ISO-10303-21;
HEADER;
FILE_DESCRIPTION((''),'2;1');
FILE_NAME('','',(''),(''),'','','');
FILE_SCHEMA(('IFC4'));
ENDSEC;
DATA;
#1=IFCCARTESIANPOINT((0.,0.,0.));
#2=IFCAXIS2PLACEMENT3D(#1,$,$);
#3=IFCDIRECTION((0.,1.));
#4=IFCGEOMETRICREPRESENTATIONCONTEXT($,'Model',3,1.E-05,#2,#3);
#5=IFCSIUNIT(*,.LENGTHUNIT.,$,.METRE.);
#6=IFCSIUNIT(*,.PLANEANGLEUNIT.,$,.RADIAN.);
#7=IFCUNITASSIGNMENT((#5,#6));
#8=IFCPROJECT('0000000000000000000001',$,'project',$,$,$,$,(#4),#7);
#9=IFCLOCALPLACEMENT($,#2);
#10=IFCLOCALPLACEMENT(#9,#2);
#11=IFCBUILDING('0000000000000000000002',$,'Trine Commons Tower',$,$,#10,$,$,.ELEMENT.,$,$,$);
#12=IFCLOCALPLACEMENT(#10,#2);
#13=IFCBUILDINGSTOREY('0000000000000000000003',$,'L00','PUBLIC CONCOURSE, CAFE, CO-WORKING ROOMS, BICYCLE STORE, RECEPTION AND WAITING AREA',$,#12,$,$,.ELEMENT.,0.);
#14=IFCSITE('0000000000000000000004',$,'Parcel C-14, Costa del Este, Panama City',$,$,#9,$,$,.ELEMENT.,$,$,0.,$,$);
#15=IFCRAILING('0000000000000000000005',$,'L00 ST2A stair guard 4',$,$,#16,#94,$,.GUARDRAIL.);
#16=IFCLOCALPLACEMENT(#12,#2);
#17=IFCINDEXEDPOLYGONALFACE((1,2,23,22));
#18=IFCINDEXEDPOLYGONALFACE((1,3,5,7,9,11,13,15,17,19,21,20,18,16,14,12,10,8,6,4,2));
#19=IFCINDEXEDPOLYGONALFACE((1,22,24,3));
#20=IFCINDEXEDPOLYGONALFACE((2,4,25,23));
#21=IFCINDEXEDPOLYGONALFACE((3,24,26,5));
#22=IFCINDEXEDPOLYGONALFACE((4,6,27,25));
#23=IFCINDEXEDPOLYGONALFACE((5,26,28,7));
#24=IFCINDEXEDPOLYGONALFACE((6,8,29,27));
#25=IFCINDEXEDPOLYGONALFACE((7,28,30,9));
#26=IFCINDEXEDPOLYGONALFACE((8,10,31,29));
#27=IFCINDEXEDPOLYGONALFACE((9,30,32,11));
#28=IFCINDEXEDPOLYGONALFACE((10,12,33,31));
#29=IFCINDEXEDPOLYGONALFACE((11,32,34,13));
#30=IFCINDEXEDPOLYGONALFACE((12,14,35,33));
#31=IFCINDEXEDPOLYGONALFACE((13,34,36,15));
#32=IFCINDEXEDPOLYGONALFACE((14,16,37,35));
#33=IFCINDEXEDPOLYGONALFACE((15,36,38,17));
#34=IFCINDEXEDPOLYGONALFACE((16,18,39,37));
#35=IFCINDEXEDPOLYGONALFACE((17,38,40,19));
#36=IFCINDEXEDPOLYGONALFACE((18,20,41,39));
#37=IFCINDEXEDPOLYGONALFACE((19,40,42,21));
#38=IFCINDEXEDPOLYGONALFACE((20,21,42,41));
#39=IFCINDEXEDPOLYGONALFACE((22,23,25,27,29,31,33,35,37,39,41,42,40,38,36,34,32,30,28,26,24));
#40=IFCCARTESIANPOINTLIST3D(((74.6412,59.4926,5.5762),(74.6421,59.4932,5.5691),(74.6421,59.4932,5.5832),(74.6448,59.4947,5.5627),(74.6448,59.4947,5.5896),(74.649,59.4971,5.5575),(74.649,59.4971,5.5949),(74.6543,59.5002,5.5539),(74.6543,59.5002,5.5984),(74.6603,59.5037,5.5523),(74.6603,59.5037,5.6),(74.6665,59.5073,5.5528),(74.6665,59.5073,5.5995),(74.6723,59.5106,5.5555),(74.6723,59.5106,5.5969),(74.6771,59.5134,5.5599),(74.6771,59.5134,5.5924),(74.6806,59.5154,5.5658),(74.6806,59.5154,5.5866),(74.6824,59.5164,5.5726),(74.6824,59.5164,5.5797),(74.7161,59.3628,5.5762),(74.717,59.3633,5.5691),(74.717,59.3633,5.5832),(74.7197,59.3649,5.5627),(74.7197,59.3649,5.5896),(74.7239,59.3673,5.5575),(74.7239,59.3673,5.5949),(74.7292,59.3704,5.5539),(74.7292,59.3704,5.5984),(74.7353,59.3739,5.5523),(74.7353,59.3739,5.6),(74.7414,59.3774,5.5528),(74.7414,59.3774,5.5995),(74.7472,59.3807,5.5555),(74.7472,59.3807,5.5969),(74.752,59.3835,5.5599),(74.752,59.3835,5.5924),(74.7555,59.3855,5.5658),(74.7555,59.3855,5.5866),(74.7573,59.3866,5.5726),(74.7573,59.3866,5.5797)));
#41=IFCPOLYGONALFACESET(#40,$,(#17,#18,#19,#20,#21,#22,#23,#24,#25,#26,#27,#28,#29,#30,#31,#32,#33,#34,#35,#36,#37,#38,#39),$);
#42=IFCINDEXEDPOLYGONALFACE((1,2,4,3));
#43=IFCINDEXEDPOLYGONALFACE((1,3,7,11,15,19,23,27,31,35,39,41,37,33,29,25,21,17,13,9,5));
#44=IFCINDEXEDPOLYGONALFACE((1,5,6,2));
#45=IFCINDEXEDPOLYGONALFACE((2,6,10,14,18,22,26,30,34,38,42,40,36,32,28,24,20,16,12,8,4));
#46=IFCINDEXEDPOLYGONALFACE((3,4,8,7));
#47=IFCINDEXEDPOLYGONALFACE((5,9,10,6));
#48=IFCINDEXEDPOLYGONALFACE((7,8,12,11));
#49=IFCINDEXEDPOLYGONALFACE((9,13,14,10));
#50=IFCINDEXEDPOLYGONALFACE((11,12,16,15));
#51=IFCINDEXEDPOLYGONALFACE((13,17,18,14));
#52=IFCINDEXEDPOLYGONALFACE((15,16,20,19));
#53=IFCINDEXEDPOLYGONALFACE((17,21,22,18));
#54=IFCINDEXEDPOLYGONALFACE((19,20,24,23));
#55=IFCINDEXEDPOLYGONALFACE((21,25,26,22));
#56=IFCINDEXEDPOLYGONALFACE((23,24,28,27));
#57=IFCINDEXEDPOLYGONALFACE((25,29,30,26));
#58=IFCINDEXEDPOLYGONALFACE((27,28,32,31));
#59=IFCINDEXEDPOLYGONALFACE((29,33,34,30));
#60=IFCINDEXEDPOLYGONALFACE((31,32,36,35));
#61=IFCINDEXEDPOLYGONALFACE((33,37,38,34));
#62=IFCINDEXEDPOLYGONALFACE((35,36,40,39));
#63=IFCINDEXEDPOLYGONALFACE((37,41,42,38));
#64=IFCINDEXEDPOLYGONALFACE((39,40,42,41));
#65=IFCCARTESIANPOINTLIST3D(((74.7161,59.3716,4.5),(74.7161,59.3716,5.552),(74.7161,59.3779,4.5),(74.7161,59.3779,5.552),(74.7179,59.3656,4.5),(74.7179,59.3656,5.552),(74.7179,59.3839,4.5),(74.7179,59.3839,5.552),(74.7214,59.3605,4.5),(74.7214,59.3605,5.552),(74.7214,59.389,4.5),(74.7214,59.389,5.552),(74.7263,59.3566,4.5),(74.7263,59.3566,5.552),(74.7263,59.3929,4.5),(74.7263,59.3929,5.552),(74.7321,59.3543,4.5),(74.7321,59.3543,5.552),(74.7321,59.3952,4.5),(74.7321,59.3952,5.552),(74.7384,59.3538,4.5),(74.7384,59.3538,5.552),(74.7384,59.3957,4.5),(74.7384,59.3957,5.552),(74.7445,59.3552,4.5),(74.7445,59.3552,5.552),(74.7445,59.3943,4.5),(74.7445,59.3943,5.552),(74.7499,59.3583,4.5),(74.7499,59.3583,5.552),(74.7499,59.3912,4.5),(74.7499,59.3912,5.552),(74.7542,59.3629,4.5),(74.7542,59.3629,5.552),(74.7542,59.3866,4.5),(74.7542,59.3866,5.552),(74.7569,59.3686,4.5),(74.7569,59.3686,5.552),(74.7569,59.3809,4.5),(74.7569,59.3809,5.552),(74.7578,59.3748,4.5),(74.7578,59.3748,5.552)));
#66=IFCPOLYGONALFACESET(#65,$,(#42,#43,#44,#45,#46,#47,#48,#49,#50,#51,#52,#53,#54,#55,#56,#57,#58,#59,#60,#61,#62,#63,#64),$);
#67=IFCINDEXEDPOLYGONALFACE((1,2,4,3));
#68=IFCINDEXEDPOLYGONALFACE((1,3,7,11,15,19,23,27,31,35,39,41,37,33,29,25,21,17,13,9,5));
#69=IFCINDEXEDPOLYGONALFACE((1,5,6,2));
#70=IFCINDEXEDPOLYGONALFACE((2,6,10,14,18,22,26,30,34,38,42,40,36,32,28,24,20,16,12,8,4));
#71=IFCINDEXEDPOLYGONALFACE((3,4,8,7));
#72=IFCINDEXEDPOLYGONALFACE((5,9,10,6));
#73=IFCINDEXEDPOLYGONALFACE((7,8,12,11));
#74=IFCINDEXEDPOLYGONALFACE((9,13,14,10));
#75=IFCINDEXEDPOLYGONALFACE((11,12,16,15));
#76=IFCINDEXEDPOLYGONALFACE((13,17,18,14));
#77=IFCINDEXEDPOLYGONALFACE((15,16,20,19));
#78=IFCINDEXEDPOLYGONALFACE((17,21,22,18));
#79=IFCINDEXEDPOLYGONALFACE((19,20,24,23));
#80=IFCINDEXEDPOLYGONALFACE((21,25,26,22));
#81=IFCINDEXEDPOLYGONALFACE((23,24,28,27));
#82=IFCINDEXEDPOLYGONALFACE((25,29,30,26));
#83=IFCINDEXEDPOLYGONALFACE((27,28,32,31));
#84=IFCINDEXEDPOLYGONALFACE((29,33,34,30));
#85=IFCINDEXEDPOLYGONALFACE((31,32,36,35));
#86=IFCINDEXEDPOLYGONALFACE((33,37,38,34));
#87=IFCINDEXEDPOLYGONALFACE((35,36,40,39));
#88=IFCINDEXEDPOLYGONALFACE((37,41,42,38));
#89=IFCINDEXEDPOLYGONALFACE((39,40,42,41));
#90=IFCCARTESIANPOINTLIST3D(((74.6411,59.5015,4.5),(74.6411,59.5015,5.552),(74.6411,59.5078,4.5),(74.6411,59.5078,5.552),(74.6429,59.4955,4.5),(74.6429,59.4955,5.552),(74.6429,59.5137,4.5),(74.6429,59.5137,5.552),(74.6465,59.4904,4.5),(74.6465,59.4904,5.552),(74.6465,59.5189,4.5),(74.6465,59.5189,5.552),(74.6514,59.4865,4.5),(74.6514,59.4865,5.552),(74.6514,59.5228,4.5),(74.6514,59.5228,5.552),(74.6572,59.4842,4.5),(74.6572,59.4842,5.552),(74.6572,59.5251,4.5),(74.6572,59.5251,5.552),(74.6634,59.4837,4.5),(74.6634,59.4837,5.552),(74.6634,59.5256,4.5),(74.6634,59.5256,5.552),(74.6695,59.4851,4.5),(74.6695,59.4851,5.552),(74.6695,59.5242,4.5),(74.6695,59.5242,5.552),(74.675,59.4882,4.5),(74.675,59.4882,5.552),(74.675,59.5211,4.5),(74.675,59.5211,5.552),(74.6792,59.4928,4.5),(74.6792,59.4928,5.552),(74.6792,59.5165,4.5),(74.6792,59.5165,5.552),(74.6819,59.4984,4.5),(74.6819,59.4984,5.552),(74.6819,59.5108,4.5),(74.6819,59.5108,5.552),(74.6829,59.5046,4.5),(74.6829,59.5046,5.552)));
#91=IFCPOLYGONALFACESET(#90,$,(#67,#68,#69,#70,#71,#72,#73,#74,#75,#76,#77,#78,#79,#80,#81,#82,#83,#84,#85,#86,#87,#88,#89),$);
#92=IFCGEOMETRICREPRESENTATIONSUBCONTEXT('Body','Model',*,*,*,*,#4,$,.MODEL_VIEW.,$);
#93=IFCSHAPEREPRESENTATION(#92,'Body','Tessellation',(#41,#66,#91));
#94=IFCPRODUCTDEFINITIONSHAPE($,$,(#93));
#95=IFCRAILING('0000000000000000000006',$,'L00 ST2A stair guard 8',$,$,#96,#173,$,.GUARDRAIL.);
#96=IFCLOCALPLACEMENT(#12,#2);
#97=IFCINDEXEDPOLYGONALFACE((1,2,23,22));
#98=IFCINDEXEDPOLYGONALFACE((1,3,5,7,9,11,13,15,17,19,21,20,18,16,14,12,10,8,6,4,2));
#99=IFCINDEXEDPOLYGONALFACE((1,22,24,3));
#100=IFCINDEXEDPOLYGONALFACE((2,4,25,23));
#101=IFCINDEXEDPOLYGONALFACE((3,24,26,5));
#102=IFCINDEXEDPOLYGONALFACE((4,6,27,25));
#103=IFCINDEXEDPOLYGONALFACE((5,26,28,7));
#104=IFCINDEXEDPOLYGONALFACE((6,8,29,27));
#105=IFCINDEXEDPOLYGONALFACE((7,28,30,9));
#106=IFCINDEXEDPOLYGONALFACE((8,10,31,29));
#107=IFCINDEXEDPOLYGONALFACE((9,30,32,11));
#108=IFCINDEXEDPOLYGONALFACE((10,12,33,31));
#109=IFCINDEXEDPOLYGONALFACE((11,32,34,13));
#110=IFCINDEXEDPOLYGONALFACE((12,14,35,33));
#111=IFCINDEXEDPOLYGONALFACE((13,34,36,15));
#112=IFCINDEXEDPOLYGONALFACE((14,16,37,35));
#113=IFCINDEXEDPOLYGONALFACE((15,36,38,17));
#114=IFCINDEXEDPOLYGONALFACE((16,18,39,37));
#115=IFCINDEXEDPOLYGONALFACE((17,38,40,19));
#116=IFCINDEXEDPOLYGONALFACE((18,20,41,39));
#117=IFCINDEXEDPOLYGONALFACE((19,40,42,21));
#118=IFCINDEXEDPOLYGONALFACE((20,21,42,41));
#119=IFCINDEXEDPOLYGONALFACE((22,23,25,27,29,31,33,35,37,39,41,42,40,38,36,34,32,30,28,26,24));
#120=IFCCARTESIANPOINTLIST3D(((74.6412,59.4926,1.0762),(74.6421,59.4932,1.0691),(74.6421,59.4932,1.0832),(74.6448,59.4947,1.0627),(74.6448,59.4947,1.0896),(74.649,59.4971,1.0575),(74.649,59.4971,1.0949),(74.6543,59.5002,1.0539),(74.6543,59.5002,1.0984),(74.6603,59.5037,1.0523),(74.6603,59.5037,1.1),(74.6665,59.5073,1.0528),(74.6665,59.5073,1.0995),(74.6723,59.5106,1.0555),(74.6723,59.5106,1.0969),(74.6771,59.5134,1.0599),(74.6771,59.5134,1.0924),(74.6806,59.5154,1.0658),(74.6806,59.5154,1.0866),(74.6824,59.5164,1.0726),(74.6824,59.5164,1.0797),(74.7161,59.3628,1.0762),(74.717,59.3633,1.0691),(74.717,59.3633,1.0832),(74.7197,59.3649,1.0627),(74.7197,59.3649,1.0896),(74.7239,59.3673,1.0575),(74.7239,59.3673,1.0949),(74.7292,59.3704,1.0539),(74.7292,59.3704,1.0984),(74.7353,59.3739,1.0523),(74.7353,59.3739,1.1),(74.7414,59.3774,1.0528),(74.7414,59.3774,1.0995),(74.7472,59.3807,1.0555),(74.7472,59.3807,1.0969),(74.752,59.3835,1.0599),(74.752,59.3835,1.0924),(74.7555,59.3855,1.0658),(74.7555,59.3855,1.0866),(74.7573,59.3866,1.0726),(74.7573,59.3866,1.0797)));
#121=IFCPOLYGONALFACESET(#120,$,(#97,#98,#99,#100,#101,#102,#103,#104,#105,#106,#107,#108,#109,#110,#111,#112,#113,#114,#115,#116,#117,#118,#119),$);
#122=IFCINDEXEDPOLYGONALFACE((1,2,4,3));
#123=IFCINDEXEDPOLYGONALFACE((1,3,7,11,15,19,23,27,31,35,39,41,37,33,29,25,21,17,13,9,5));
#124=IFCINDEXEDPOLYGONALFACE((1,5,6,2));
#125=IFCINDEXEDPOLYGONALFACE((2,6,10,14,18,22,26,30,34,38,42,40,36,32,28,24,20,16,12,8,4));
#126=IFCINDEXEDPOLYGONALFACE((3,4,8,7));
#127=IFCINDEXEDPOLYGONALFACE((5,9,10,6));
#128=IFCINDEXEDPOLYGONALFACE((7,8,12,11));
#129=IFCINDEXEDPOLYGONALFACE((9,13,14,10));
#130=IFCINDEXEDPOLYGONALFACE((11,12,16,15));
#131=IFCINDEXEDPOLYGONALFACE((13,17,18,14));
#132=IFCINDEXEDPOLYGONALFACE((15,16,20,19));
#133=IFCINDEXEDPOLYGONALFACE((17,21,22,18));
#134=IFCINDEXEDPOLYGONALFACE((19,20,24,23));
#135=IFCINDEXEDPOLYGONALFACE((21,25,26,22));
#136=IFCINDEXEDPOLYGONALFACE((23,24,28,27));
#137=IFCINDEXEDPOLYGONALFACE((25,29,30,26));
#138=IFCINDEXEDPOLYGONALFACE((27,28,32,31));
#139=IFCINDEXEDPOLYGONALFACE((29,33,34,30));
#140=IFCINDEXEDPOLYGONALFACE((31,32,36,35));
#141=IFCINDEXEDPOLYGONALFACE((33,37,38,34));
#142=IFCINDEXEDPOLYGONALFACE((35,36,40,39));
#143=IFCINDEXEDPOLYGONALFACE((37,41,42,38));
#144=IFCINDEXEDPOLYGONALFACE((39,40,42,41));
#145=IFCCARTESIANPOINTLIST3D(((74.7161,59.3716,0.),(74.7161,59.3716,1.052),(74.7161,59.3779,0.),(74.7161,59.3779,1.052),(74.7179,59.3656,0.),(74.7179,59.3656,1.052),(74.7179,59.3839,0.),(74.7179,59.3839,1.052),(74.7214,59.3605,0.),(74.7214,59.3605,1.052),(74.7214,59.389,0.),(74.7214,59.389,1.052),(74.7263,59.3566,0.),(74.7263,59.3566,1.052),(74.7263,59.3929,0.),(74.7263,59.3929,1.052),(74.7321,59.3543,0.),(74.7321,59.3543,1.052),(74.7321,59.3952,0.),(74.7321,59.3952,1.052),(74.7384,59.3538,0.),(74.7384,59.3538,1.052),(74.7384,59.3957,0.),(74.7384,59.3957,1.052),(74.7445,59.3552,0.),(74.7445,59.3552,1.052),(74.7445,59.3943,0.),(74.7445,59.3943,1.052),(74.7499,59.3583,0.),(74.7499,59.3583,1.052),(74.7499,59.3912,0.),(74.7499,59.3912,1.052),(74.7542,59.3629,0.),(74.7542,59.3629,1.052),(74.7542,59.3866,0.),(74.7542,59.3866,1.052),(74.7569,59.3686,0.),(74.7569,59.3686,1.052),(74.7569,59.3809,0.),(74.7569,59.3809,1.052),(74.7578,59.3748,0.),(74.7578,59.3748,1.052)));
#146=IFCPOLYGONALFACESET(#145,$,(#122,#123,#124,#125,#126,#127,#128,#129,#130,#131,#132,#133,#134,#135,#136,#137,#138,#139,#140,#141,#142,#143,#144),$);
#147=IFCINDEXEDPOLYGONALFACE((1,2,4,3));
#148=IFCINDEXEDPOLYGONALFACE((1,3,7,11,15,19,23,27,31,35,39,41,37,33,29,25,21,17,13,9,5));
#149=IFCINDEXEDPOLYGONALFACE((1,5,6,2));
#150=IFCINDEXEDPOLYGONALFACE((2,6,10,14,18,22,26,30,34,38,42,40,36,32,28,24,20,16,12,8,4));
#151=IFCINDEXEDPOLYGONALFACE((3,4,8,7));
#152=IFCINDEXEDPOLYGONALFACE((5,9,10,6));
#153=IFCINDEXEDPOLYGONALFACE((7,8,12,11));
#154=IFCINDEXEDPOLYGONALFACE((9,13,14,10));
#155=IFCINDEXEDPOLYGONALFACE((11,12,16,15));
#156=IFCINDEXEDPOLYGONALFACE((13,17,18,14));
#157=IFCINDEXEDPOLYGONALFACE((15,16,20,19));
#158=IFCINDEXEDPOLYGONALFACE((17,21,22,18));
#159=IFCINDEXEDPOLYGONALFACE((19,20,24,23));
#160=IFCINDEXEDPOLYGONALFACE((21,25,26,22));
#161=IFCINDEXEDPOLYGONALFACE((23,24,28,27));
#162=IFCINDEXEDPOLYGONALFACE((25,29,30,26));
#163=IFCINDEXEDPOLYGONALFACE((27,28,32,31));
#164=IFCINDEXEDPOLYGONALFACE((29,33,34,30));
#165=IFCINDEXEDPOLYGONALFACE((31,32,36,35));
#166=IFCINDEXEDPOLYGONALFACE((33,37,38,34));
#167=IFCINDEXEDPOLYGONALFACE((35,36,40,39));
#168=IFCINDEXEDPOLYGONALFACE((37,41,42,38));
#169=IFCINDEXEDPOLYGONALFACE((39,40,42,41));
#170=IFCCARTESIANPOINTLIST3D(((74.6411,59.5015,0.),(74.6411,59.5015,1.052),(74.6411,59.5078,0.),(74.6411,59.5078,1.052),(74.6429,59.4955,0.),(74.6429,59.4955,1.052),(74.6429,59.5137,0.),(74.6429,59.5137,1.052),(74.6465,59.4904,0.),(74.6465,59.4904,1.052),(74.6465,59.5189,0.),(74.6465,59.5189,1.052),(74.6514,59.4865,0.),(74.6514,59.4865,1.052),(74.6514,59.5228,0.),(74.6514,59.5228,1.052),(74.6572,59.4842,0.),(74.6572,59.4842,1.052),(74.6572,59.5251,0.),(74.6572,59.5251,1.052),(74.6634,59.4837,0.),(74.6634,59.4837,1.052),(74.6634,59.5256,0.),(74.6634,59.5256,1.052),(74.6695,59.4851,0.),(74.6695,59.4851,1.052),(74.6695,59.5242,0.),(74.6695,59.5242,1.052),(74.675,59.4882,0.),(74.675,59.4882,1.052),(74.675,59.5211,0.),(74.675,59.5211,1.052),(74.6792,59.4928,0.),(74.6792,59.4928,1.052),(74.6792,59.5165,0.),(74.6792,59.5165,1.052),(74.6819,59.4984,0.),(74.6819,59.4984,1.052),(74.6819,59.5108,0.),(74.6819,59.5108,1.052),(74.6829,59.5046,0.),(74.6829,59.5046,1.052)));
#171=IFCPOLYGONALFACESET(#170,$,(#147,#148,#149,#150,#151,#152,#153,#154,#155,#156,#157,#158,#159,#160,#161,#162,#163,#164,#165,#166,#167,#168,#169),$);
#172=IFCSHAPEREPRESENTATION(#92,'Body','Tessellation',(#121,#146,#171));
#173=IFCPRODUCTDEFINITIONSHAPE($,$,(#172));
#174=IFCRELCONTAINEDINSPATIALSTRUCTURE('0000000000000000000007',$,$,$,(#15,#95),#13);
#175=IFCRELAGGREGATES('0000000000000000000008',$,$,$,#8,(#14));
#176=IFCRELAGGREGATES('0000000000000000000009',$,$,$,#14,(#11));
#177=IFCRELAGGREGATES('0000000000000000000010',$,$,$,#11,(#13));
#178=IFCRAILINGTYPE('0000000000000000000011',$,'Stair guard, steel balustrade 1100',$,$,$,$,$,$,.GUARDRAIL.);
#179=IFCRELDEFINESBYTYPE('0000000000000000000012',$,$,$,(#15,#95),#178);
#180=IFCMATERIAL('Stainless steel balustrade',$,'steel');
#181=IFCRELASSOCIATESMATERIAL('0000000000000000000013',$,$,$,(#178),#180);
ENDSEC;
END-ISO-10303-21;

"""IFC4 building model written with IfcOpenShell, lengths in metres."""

from ifc_helpers import new_model, si_unit, direction, frame, origin, origin_2d, place, context, subcontext, project, spatial, circle, extrude, material, type_object, element, save


model = new_model("IFC4")

# Units and contexts
model_context = context("Model", 3, precision=1e-05, world=origin(), true_north=direction((0.0, 1.0)))
body_context = subcontext(model_context, "Body", "Model", "MODEL_VIEW")
ifc_project = project(units=[si_unit("LENGTHUNIT", "METRE"), si_unit("PLANEANGLEUNIT", "RADIAN")], contexts=[model_context])

# Site, building, storey
site_placement = place(None, origin())
site = spatial("IfcSite", under=ifc_project, at=site_placement, Name="Parcel C-14, Costa del Este, Panama City", CompositionType="ELEMENT", RefElevation=0.0)
building_placement = place(site_placement, origin())
building = spatial("IfcBuilding", under=site, at=building_placement, Name="Trine Commons Tower", CompositionType="ELEMENT")
storey_placement = place(building_placement, origin())
storey = spatial("IfcBuildingStorey", under=building, at=storey_placement, Name="L00", Description="PUBLIC CONCOURSE, CAFE, CO-WORKING ROOMS, BICYCLE STORE, RECEPTION AND WAITING AREA", CompositionType="ELEMENT", Elevation=0.0)

# Railings
ifc_material_1 = material(Name="Stainless steel balustrade", Category="steel")
railing_type = type_object("IfcRailingType", Name="Stair guard, steel balustrade 1100", PredefinedType="GUARDRAIL", material=ifc_material_1)
railing_1_placement = place(storey_placement, frame((74.7368, 59.3748, 4.5)))
element("IfcRailing", 1, at=railing_1_placement, inside=storey, type_object=railing_type, Name="L00 ST2A stair guard 4", PredefinedType="GUARDRAIL", context=body_context, shape_type="SweptSolid", body=[
    extrude(circle(Radius=0.0239, at=origin_2d()), frame((0.0, 0.0, 1.0762), z_axis=(-0.499816, 0.866131, 0.0), x_axis=(-0.866131, -0.499816, 0.0)), (0.0, 0.0, 1.0), 0.1499),
    extrude(circle(Radius=0.021, at=origin_2d()), origin(), (0.0, 0.0, 1.0), 1.052),
    extrude(circle(Radius=0.021, at=origin_2d()), frame((-0.075, 0.1299, 0.0)), (0.0, 0.0, 1.0), 1.052),
])
railing_2_placement = place(storey_placement, frame((74.7368, 59.3748, 0.0)))
element("IfcRailing", 2, at=railing_2_placement, inside=storey, type_object=railing_type, Name="L00 ST2A stair guard 8", PredefinedType="GUARDRAIL", context=body_context, shape_type="SweptSolid", body=[
    extrude(circle(Radius=0.0239, at=origin_2d()), frame((0.0, 0.0, 1.0762), z_axis=(-0.499816, 0.866131, 0.0), x_axis=(-0.866131, -0.499816, 0.0)), (0.0, 0.0, 1.0), 0.1499),
    extrude(circle(Radius=0.021, at=origin_2d()), origin(), (0.0, 0.0, 1.0), 1.052),
    extrude(circle(Radius=0.021, at=origin_2d()), frame((-0.075, 0.1299, 0.0)), (0.0, 0.0, 1.0), 1.052),
])

save(model, "model.ifc")
